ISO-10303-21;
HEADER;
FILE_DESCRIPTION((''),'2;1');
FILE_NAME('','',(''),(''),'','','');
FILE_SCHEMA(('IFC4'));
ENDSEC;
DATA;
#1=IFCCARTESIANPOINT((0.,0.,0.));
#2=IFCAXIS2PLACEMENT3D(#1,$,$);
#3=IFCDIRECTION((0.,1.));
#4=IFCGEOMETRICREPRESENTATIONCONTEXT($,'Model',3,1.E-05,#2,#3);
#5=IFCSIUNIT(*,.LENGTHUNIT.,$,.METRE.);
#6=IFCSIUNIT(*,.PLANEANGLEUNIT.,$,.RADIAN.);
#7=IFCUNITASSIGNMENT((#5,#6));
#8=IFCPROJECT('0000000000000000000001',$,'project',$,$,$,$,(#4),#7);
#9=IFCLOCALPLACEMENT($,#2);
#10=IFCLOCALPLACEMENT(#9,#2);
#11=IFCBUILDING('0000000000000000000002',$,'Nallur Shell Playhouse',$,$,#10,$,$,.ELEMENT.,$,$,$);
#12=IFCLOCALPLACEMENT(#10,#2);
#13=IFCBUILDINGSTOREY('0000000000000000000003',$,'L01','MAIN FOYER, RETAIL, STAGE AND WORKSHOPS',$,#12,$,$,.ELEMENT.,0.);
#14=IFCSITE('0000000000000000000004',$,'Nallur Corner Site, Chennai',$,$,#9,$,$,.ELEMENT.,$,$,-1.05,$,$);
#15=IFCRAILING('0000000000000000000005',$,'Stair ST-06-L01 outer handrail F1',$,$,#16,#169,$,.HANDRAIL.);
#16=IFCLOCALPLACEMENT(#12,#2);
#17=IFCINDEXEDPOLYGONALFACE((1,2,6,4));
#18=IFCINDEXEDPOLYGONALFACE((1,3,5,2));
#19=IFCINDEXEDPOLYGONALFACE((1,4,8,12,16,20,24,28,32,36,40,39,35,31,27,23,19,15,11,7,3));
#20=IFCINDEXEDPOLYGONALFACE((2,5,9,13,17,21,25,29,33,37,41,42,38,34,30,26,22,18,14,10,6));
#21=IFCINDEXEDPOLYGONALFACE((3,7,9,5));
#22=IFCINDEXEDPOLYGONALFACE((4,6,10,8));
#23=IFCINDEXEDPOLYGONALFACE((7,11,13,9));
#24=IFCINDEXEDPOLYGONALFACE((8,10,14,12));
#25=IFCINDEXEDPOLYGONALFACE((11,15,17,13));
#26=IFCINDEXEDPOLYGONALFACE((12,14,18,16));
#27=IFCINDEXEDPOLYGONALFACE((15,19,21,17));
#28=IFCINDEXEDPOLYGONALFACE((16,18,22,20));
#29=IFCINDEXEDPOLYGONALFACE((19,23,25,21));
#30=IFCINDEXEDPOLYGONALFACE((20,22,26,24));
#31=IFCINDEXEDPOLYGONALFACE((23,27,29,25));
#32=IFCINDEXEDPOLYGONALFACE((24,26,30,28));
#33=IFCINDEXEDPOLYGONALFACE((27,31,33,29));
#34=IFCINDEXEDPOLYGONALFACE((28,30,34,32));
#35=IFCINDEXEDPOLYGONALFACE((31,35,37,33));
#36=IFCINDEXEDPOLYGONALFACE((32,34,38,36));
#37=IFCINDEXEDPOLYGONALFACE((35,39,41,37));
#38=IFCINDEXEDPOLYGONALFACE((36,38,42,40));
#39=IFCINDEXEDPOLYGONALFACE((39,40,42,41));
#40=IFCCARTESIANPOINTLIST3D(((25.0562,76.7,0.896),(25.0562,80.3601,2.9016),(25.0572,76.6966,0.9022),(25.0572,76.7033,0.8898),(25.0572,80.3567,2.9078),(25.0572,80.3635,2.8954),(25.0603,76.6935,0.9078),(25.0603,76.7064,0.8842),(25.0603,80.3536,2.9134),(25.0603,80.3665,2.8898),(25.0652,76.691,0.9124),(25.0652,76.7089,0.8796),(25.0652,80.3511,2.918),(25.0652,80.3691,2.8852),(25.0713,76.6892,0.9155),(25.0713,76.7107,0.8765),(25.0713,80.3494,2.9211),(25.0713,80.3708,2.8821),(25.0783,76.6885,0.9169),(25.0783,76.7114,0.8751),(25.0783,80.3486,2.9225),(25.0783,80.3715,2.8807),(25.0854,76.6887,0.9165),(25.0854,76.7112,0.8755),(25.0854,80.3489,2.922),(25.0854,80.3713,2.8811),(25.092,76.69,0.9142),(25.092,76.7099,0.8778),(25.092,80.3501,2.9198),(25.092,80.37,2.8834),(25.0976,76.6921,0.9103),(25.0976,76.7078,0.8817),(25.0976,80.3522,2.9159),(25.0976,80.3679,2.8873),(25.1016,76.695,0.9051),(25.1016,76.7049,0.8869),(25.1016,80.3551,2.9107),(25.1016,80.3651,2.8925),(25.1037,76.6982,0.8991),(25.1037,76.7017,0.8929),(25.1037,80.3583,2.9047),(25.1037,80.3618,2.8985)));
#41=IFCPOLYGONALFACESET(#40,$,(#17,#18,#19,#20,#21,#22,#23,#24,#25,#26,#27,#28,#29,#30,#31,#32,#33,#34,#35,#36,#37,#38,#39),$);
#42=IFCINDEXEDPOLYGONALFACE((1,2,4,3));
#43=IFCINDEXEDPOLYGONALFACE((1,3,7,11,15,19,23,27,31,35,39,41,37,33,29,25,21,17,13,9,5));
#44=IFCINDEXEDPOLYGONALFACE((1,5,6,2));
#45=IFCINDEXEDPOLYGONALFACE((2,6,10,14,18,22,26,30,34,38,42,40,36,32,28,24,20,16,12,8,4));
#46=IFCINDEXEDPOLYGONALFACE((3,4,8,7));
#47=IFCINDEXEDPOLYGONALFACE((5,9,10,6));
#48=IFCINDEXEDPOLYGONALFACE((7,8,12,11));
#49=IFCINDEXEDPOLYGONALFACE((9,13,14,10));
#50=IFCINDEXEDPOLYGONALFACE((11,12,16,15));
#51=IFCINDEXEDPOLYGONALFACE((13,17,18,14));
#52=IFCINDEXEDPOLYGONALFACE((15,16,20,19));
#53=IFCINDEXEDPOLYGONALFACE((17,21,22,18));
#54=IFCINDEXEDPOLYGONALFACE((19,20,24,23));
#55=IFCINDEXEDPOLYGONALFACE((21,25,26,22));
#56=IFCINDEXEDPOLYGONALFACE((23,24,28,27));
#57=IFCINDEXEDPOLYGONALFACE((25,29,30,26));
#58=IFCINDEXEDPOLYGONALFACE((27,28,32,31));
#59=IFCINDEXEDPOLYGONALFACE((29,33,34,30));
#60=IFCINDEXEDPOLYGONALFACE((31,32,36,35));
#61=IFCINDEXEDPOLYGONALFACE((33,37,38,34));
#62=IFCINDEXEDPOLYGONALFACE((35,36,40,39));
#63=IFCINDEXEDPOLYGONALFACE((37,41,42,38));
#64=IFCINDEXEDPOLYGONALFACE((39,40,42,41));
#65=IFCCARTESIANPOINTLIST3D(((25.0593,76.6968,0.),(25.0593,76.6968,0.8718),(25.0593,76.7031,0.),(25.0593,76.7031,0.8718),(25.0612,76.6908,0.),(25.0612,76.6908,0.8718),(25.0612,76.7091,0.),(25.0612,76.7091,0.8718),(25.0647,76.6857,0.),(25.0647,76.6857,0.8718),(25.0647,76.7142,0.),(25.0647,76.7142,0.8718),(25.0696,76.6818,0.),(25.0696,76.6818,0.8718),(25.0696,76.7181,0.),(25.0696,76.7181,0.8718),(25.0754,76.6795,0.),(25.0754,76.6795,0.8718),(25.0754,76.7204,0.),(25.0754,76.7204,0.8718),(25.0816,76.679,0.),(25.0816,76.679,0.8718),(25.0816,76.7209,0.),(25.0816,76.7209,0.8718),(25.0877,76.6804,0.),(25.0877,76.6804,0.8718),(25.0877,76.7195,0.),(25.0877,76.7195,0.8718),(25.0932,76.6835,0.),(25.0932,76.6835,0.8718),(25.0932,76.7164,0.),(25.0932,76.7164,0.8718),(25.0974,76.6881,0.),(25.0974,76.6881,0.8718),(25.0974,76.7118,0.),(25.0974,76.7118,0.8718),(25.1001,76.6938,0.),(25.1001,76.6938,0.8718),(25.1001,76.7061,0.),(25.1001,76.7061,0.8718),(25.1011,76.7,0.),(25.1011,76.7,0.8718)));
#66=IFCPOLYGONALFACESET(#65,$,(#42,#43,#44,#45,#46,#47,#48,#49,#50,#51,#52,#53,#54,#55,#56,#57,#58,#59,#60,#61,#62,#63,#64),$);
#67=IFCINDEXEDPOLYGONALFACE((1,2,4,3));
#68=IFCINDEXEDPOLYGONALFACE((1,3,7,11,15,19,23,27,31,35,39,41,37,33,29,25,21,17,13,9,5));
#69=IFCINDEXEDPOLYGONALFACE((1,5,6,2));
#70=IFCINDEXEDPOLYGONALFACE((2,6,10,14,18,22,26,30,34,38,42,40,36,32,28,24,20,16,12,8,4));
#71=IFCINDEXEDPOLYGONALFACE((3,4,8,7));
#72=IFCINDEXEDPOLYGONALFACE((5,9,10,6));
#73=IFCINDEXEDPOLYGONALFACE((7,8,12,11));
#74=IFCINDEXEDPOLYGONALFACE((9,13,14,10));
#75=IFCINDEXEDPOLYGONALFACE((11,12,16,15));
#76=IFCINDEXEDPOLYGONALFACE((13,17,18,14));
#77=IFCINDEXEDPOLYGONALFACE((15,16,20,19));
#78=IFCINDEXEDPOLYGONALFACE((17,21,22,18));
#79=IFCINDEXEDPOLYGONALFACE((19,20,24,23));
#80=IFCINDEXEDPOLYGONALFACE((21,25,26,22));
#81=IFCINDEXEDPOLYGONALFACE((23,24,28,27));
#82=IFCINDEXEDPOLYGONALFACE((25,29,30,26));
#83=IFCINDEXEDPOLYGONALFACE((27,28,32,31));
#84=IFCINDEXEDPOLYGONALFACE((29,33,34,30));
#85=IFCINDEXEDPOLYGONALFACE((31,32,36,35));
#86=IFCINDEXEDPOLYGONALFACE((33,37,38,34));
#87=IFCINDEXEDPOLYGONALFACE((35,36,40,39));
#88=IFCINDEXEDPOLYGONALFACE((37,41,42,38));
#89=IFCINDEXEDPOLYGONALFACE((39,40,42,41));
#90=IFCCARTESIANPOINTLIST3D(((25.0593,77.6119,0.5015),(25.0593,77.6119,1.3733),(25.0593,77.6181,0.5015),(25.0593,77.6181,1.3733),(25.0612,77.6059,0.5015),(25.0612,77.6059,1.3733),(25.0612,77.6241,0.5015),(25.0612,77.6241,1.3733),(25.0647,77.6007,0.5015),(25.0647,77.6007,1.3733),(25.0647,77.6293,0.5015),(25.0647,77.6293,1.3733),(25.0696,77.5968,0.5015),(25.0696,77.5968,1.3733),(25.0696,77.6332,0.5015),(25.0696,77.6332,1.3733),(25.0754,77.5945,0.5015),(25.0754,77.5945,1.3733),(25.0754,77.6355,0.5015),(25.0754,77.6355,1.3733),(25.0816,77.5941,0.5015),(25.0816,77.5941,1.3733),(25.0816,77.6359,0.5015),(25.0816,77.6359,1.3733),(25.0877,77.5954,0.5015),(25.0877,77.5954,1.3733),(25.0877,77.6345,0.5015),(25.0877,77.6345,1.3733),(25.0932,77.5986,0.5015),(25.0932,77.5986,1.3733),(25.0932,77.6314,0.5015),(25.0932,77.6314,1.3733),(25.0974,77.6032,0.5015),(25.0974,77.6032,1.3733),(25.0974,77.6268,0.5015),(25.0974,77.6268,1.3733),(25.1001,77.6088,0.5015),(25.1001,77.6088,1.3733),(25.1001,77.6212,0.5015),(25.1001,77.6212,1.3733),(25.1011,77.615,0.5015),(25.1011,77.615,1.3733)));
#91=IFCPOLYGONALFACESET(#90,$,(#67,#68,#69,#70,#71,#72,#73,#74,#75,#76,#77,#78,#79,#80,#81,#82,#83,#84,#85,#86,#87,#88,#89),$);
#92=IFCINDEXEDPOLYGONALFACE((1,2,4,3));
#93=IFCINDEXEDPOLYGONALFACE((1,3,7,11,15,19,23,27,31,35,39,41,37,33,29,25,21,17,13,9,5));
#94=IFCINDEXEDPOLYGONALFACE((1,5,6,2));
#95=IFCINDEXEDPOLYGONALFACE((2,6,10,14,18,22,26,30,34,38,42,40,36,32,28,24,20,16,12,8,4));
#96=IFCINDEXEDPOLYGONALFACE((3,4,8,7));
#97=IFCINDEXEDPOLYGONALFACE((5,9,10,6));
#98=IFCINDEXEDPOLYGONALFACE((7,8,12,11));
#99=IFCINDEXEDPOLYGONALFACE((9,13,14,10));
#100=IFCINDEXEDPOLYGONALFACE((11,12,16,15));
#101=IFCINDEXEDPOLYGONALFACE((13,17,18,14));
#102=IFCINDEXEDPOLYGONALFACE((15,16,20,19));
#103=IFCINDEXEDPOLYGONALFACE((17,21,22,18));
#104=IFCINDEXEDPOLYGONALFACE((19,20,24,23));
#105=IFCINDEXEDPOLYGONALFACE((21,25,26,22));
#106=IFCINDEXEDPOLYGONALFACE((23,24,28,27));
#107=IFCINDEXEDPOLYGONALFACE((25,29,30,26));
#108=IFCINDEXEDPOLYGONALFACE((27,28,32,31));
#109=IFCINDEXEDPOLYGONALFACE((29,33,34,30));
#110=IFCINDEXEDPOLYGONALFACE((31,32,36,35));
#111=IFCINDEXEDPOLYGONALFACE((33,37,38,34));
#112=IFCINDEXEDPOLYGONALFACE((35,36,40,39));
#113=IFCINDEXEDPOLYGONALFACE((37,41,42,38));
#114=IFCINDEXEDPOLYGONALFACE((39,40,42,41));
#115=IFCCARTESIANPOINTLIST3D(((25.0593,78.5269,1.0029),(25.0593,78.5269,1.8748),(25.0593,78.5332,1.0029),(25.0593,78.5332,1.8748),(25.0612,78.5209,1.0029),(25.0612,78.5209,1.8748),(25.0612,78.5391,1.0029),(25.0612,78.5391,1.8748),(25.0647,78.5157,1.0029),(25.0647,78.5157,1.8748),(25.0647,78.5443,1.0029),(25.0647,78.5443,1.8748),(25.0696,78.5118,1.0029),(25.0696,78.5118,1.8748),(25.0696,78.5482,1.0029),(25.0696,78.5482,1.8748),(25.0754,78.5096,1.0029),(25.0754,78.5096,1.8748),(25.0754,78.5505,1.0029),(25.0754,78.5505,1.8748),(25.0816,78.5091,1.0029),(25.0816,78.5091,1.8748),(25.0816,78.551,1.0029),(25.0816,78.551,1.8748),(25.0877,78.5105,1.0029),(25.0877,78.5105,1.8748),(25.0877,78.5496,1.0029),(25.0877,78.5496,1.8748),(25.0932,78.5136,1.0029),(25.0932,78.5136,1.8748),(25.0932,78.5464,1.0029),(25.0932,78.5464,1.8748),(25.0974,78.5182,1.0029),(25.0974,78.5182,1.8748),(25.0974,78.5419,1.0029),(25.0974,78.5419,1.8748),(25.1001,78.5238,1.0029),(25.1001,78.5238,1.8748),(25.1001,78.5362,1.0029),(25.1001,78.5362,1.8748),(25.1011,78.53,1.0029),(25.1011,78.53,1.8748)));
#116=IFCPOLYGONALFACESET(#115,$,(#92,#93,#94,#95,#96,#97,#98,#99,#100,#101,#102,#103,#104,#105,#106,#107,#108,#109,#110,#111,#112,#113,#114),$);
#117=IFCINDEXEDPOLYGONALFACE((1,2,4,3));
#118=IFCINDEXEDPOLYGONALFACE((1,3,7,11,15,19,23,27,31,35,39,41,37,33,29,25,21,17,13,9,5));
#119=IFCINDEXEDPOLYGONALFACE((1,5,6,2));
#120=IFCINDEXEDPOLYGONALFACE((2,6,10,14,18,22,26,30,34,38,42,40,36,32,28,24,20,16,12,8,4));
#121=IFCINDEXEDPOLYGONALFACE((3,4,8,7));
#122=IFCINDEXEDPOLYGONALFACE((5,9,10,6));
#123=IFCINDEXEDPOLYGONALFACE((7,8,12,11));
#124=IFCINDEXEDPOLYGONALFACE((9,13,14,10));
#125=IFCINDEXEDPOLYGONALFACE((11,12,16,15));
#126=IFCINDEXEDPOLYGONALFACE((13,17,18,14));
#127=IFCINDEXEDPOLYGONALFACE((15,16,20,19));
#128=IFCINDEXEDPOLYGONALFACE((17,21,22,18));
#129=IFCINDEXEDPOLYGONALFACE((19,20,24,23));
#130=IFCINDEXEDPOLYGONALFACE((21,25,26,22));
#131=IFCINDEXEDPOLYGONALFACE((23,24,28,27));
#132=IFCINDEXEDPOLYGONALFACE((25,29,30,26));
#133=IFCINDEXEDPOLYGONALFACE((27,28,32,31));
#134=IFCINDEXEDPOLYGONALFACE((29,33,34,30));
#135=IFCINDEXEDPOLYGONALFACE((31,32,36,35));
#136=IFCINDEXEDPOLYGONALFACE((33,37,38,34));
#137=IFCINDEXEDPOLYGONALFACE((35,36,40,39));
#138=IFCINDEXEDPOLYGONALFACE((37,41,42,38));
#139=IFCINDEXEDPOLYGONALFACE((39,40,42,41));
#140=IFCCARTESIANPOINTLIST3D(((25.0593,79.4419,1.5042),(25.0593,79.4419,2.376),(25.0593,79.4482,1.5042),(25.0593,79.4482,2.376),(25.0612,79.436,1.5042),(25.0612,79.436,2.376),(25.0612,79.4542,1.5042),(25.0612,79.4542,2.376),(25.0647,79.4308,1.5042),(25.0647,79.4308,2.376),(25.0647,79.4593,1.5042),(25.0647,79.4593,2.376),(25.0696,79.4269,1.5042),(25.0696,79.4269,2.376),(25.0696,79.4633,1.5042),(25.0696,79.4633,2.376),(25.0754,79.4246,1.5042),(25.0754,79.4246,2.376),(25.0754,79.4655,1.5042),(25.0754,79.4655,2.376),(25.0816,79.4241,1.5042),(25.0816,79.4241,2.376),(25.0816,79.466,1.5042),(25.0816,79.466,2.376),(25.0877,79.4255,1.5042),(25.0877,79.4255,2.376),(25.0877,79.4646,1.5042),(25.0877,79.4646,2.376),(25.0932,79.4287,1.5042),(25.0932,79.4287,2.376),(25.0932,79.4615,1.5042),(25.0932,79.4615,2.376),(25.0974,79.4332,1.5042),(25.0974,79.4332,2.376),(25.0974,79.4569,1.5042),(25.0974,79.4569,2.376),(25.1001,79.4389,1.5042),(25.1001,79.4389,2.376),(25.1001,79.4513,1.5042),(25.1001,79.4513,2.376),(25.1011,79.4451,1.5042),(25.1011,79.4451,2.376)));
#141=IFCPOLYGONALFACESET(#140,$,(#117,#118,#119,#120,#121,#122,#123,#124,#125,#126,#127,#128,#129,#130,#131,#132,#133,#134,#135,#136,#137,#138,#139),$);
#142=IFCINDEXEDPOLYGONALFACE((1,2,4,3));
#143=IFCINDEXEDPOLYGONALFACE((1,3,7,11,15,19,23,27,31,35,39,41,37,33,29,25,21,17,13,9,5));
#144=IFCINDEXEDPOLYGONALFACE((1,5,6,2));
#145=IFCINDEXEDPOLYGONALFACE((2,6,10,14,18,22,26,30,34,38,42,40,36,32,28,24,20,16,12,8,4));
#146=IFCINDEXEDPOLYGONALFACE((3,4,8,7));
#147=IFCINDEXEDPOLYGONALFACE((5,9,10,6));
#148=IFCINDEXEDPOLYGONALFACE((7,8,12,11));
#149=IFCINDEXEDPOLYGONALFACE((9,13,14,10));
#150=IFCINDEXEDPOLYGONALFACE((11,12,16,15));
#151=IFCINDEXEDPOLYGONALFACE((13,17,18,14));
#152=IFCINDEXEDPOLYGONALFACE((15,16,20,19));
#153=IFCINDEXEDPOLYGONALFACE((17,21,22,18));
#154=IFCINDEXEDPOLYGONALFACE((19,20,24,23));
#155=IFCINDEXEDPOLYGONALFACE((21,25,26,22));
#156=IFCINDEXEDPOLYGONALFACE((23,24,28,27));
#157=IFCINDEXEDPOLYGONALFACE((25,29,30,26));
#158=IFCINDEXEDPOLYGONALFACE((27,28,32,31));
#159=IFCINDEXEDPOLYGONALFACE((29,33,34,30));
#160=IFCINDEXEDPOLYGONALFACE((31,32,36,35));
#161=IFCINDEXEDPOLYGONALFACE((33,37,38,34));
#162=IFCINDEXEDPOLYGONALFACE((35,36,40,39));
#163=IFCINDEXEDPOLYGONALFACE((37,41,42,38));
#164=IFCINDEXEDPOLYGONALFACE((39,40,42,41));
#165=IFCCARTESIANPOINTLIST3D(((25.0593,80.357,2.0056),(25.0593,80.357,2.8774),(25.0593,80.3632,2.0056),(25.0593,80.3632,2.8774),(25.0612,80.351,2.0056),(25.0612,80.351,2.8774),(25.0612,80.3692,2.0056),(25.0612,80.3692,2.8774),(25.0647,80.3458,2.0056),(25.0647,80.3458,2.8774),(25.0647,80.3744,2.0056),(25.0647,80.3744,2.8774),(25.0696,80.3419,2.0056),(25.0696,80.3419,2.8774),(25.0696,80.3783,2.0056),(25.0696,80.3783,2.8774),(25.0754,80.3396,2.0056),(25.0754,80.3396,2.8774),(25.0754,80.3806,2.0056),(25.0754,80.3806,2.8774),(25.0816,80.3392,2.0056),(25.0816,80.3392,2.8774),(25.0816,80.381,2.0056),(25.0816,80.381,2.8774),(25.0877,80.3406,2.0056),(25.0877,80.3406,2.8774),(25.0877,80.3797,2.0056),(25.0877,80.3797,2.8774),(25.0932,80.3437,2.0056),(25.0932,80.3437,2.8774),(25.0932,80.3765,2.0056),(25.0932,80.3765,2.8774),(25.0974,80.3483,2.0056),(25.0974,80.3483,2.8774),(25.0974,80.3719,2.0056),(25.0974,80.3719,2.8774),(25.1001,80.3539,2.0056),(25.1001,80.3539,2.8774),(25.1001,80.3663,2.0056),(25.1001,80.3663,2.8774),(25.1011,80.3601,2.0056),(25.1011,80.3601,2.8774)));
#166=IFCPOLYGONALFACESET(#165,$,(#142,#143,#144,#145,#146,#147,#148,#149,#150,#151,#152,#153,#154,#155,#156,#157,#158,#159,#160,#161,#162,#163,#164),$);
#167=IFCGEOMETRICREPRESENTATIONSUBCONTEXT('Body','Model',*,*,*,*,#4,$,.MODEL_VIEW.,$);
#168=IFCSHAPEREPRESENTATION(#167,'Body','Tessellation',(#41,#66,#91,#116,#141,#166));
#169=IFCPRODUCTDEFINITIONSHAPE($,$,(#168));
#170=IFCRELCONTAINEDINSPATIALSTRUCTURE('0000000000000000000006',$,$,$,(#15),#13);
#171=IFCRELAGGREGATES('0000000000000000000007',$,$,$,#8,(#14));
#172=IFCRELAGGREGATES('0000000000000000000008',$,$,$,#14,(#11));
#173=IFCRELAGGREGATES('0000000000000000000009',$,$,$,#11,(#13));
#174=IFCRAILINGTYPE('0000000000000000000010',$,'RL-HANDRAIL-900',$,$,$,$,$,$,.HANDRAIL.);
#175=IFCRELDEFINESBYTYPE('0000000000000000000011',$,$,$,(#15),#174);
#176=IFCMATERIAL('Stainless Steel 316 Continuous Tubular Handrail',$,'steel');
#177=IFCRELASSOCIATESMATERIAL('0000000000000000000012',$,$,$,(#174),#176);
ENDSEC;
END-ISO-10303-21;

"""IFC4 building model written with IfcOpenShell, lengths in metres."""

from ifc_helpers import new_model, si_unit, direction, frame, origin, origin_2d, place, context, subcontext, project, spatial, circle, extrude, material, type_object, element, save


model = new_model("IFC4")

# Units and contexts
model_context = context("Model", 3, precision=1e-05, world=origin(), true_north=direction((0.0, 1.0)))
body_context = subcontext(model_context, "Body", "Model", "MODEL_VIEW")
ifc_project = project(units=[si_unit("LENGTHUNIT", "METRE"), si_unit("PLANEANGLEUNIT", "RADIAN")], contexts=[model_context])

# Site, building, storey
site_placement = place(None, origin())
site = spatial("IfcSite", under=ifc_project, at=site_placement, Name="Nallur Corner Site, Chennai", CompositionType="ELEMENT", RefElevation=-1.05)
building_placement = place(site_placement, origin())
building = spatial("IfcBuilding", under=site, at=building_placement, Name="Nallur Shell Playhouse", CompositionType="ELEMENT")
storey_placement = place(building_placement, origin())
storey = spatial("IfcBuildingStorey", under=building, at=storey_placement, Name="L01", Description="MAIN FOYER, RETAIL, STAGE AND WORKSHOPS", CompositionType="ELEMENT", Elevation=0.0)

# Railing
ifc_material_1 = material(Name="Stainless Steel 316 Continuous Tubular Handrail", Category="steel")
railing_type_1 = type_object("IfcRailingType", Name="RL-HANDRAIL-900", PredefinedType="HANDRAIL", material=ifc_material_1)
railing_1_placement = place(storey_placement, frame((25.0801, 76.7, 0.0)))
element("IfcRailing", 1, at=railing_1_placement, inside=storey, type_object=railing_type_1, Name="Stair ST-06-L01 outer handrail F1", PredefinedType="HANDRAIL", context=body_context, shape_type="SweptSolid", body=[
    extrude(circle(Radius=0.0239, at=origin_2d()), frame((0.0, 0.0, 0.896), z_axis=(0.0, 0.876971, 0.480544), x_axis=(-1.0, 0.0, 0.0)), (0.0, 0.0, 1.0), 4.1736),
    extrude(circle(Radius=0.021, at=origin_2d()), origin(), (0.0, 0.0, 1.0), 0.8718),
    extrude(circle(Radius=0.021, at=origin_2d()), frame((0.0, 0.915, 0.5015)), (0.0, 0.0, 1.0), 0.8718),
    extrude(circle(Radius=0.021, at=origin_2d()), frame((0.0, 1.8301, 1.0029)), (0.0, 0.0, 1.0), 0.8718),
    extrude(circle(Radius=0.021, at=origin_2d()), frame((0.0, 2.7451, 1.5042)), (0.0, 0.0, 1.0), 0.8718),
    extrude(circle(Radius=0.021, at=origin_2d()), frame((0.0, 3.6602, 2.0056)), (0.0, 0.0, 1.0), 0.8718),
])

save(model, "model.ifc")
